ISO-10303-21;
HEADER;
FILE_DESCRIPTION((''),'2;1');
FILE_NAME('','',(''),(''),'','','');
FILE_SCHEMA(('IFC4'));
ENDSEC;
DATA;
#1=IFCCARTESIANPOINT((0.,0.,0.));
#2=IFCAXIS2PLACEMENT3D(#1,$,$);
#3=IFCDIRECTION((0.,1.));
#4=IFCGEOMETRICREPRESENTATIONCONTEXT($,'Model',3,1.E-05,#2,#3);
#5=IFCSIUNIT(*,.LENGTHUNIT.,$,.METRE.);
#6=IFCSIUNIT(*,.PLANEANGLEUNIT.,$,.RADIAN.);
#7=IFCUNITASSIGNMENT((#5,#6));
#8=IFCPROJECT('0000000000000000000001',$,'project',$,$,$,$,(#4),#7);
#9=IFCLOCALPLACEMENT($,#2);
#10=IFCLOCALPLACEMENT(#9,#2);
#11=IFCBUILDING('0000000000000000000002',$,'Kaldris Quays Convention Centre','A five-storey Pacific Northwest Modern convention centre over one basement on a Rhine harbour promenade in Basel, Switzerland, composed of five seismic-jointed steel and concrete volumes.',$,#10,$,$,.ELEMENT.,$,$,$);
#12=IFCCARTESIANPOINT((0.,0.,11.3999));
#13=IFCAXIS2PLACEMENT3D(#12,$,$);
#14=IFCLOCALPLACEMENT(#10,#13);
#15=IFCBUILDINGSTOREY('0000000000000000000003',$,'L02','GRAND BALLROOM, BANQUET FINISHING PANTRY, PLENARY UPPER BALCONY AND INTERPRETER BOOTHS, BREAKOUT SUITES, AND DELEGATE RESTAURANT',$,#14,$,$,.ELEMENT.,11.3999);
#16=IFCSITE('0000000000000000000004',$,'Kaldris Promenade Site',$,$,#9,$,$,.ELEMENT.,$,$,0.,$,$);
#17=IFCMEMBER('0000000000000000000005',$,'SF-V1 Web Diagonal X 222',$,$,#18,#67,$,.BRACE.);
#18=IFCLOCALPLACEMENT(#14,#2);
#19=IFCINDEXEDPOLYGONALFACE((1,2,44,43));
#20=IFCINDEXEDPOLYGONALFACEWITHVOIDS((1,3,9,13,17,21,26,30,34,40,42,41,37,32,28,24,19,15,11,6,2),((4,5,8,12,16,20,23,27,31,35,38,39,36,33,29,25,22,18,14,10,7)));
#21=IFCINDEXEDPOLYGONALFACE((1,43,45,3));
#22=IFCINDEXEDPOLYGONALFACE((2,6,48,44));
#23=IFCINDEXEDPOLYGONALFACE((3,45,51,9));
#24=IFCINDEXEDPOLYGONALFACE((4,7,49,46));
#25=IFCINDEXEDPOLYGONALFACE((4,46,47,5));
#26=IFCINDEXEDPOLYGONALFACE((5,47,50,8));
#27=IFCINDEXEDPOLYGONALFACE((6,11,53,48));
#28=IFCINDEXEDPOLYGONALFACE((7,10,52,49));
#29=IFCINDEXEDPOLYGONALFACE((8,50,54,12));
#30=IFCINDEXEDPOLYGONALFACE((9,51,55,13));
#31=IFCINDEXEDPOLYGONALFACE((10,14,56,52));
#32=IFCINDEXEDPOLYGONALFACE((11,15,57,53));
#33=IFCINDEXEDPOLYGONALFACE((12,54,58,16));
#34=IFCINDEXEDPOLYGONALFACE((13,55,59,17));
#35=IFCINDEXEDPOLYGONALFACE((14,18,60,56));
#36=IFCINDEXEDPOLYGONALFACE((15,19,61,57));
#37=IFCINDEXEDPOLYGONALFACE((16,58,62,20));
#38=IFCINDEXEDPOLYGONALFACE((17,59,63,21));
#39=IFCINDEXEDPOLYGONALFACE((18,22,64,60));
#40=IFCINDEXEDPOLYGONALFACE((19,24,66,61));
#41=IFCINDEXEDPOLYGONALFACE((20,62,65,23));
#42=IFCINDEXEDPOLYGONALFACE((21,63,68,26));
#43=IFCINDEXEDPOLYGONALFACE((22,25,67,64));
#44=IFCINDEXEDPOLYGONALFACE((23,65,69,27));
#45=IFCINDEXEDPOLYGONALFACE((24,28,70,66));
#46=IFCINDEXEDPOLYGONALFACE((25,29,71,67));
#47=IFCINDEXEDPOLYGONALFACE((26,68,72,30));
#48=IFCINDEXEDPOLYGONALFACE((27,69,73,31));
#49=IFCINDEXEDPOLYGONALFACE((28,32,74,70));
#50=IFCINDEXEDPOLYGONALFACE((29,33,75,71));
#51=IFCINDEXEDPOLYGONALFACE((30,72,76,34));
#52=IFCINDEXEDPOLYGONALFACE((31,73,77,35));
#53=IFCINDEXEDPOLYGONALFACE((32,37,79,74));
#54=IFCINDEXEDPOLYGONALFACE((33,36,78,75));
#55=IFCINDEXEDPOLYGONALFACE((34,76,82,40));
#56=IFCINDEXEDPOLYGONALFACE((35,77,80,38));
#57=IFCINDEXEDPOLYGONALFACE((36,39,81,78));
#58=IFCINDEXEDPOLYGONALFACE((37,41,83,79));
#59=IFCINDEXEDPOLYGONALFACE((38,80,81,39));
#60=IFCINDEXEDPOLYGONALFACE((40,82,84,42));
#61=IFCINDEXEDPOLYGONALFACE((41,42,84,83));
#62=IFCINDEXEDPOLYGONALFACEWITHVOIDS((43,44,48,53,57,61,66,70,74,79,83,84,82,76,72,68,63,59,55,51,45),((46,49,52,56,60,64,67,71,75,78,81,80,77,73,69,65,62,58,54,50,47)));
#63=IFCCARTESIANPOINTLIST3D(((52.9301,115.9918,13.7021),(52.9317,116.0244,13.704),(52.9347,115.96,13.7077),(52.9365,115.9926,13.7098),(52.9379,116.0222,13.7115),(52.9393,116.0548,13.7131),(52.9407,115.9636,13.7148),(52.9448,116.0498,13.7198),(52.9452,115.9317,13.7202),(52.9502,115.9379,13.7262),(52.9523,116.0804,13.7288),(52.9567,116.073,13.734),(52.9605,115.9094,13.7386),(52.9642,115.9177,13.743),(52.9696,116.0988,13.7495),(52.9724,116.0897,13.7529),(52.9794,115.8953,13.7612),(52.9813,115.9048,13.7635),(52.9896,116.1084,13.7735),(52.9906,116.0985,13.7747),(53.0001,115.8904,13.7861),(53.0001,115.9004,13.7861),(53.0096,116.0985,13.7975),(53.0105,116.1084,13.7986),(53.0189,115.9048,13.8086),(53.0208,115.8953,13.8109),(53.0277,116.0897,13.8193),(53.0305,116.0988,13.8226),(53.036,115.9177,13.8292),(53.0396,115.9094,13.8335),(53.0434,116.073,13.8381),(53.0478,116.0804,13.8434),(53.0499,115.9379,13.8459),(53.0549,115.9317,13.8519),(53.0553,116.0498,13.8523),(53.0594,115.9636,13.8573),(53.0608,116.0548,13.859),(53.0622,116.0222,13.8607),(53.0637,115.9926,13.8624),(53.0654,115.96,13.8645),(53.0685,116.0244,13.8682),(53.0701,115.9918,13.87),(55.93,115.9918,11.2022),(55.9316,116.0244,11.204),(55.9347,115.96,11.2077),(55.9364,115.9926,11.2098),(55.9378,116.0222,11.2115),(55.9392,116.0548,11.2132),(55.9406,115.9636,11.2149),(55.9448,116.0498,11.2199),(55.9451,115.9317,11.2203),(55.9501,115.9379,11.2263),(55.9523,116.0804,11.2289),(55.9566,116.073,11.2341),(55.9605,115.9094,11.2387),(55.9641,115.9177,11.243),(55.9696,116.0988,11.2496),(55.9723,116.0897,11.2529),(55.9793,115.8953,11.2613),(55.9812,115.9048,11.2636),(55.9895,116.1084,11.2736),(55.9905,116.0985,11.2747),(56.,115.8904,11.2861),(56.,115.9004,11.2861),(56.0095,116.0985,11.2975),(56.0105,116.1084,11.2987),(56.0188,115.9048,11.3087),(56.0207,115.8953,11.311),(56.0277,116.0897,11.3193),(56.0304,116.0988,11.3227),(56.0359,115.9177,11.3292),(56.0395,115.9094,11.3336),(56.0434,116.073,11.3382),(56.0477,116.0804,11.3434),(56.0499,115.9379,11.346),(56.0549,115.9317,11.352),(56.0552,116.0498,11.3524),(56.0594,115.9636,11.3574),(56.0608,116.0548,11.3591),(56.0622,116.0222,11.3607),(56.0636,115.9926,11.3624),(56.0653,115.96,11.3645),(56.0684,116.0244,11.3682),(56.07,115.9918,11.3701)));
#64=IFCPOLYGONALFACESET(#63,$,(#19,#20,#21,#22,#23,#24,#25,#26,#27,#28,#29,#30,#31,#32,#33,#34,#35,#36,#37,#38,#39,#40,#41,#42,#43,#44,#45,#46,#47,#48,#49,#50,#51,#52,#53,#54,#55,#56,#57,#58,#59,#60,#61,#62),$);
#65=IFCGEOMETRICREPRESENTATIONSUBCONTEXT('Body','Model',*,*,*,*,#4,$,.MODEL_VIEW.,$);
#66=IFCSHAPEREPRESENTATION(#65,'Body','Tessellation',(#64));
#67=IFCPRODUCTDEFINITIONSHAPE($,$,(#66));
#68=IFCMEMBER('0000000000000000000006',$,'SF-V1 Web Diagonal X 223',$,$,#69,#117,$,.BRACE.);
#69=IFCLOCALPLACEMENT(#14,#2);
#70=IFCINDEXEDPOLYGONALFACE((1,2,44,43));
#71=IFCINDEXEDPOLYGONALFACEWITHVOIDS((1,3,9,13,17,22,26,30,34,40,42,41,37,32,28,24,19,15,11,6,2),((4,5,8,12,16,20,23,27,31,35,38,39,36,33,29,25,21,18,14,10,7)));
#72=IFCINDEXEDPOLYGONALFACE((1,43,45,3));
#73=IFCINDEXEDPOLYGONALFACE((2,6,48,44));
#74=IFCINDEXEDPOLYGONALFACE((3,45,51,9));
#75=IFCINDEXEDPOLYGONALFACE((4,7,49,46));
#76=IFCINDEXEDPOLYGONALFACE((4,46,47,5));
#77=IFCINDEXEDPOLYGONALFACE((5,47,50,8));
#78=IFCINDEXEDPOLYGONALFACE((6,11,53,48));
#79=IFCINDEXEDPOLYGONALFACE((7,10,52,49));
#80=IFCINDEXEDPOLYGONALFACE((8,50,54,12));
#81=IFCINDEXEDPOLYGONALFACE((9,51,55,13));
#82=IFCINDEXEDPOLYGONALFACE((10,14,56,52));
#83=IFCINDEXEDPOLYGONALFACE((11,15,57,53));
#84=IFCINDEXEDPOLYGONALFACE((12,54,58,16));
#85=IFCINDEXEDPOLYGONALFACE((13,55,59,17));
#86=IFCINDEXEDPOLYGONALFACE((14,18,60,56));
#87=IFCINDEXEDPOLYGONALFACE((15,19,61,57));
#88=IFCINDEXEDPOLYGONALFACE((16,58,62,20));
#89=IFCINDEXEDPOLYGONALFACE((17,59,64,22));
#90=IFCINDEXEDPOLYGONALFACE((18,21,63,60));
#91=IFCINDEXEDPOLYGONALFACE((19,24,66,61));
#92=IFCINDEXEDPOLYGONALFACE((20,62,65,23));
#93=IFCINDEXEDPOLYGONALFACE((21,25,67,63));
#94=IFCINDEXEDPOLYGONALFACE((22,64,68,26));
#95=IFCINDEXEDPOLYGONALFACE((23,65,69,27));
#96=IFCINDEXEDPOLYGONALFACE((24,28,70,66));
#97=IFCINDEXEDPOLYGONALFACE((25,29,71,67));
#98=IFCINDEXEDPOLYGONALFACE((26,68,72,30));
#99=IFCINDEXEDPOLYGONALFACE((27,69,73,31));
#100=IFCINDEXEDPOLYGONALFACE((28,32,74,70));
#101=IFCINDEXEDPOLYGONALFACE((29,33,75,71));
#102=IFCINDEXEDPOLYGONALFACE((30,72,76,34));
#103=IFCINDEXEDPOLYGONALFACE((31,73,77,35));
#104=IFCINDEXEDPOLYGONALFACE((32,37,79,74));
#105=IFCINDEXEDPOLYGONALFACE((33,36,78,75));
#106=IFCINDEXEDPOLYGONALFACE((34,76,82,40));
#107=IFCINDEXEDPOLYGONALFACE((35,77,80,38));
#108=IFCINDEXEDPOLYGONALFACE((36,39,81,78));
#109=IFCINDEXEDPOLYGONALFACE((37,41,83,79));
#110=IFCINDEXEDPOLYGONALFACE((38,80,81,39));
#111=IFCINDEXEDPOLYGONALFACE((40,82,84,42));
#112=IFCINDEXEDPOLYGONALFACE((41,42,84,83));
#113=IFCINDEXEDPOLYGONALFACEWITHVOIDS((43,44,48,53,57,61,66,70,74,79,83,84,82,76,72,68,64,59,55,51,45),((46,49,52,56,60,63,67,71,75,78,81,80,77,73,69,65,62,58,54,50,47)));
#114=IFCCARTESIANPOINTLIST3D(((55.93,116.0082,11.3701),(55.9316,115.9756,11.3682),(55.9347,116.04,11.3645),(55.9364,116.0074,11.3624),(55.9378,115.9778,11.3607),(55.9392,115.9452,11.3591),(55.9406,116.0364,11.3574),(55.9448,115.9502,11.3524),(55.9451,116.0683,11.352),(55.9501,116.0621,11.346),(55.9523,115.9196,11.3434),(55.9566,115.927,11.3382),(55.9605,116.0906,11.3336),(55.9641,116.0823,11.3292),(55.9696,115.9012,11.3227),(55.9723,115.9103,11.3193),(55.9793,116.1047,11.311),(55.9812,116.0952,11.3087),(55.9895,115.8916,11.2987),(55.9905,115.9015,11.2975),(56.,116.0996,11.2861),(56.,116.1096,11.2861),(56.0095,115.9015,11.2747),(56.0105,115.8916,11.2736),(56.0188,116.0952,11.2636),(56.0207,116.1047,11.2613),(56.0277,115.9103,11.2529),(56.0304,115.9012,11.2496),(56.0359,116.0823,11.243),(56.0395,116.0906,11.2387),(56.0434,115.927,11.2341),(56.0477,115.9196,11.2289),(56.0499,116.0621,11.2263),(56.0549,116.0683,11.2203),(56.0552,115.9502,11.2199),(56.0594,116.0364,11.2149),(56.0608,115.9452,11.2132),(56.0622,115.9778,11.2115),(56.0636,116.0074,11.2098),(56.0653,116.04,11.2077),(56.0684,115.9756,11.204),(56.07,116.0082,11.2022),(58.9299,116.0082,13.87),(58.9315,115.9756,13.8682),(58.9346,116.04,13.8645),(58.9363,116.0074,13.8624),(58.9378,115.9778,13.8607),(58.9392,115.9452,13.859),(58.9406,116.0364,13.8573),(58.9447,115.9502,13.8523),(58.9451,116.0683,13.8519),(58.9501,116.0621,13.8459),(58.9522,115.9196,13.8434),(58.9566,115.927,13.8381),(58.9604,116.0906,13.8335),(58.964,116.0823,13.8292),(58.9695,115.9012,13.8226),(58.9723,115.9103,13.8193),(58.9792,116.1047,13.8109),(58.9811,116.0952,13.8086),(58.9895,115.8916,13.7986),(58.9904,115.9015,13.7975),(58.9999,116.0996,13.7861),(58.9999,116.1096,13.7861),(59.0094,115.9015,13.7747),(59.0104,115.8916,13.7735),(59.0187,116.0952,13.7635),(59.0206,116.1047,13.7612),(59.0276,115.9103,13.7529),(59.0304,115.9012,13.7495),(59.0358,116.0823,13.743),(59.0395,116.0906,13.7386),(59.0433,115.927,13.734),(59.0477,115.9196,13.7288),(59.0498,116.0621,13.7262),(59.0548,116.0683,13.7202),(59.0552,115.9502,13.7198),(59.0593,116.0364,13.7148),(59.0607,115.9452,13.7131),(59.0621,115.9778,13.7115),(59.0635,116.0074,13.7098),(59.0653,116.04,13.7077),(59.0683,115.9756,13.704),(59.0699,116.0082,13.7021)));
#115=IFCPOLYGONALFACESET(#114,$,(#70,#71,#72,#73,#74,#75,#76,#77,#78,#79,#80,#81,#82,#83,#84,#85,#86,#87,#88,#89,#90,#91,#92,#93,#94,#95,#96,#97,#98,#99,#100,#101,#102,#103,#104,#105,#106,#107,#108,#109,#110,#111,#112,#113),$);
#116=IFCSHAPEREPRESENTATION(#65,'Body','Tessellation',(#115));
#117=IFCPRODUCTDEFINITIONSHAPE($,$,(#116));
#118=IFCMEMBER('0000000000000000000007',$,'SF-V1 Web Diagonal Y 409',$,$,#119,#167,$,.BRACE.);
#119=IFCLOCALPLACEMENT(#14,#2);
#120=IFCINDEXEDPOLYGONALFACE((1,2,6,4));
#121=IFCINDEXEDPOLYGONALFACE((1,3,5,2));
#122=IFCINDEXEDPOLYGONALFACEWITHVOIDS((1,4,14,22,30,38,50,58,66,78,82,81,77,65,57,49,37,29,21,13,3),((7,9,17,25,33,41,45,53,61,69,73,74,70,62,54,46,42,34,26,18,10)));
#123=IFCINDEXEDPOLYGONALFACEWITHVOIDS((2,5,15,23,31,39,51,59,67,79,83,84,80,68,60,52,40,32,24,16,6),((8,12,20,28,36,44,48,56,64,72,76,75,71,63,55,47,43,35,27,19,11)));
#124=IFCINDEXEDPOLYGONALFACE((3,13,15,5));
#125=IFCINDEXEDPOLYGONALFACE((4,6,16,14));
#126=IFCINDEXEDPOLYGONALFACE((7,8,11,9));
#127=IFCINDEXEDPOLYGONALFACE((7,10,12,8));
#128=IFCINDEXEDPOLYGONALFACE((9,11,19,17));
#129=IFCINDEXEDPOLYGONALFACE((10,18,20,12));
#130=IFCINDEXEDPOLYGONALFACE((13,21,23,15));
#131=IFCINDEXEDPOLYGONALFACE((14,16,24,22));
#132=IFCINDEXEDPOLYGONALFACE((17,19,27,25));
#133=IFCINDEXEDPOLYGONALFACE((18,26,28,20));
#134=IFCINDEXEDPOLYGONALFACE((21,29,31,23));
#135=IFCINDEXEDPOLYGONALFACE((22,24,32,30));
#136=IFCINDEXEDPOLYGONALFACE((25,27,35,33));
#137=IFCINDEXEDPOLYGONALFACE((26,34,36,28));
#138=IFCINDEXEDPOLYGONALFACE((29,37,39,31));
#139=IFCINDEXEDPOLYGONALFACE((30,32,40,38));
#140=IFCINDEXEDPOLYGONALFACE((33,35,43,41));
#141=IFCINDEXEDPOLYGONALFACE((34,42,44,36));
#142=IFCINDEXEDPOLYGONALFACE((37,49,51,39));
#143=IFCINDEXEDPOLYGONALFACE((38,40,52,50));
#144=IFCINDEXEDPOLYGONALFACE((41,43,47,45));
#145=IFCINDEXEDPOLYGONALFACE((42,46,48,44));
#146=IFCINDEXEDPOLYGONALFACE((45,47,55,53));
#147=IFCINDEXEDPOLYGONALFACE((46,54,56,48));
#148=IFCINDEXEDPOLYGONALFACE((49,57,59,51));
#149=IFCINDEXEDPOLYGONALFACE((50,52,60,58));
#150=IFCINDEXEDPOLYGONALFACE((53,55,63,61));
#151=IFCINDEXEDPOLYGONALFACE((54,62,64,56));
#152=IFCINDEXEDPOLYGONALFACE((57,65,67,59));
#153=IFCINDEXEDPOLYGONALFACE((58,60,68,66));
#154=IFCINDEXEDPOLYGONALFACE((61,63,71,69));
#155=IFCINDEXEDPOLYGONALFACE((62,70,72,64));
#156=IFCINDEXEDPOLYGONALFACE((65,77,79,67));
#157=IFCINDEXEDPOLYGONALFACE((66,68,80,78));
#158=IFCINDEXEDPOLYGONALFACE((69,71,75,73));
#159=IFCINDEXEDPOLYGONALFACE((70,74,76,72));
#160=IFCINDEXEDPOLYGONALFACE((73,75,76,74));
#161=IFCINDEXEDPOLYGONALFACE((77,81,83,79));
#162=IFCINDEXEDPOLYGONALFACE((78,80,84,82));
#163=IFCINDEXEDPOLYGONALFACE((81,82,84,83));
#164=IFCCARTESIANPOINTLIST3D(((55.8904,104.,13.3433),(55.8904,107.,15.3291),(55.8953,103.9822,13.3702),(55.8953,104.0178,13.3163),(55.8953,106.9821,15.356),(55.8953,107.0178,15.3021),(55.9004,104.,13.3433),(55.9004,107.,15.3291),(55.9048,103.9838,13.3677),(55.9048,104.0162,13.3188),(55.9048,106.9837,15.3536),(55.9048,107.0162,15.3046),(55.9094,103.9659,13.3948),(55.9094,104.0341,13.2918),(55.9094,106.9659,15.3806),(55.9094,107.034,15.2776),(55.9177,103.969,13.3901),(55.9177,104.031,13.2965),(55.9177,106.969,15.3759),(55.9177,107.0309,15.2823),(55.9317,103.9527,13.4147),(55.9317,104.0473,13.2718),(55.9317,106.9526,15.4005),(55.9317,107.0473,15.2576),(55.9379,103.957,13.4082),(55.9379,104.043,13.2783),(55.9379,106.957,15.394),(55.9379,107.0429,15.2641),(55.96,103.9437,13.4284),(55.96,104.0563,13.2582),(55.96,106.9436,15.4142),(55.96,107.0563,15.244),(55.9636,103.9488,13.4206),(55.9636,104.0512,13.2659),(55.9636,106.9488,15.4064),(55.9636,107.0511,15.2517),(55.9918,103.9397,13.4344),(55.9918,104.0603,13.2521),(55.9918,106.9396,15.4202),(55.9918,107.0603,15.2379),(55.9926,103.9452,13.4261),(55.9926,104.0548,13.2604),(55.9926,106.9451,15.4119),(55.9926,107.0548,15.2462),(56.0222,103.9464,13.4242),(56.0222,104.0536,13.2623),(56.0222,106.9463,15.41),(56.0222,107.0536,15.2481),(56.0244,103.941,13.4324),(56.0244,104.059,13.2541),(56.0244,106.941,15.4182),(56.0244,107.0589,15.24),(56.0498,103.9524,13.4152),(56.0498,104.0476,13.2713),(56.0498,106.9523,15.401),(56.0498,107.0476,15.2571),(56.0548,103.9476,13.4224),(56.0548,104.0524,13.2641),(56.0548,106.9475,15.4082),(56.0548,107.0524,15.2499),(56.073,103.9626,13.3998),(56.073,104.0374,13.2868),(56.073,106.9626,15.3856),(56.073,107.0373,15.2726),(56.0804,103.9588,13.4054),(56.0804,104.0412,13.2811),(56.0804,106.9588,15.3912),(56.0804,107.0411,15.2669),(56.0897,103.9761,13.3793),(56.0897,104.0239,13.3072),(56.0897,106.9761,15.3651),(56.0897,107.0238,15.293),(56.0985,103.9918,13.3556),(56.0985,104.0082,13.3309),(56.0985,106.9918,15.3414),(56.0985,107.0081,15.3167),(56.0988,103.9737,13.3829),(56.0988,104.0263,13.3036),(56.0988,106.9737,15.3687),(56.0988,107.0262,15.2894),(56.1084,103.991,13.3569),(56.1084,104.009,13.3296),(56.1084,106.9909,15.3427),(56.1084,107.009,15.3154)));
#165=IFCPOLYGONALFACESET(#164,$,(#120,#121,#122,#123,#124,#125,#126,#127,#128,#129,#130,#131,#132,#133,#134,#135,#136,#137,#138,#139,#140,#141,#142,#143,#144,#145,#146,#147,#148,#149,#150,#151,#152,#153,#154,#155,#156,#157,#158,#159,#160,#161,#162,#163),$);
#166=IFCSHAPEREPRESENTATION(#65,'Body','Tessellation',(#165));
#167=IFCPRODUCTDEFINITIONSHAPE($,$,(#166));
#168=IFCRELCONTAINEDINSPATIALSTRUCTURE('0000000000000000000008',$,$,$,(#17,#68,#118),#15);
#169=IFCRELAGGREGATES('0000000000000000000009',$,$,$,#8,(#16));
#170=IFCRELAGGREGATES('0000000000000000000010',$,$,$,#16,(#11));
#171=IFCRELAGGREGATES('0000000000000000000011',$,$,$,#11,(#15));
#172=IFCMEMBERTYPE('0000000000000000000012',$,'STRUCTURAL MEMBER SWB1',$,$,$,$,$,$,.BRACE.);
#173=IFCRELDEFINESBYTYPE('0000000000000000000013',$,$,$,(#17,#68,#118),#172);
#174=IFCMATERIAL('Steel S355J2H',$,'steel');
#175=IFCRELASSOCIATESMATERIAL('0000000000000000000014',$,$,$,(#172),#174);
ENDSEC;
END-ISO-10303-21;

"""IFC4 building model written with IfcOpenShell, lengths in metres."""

from ifc_helpers import new_model, si_unit, direction, frame, origin, origin_2d, place, context, subcontext, project, spatial, hollow_circle, extrude, material, material_profile, profile_set, type_object, element, save


model = new_model("IFC4")

# Units and contexts
model_context = context("Model", 3, precision=1e-05, world=origin(), true_north=direction((0.0, 1.0)))
body_context = subcontext(model_context, "Body", "Model", "MODEL_VIEW")
ifc_project = project(units=[si_unit("LENGTHUNIT", "METRE"), si_unit("PLANEANGLEUNIT", "RADIAN")], contexts=[model_context])

# Site, building, storey
site_placement = place(None, origin())
site = spatial("IfcSite", under=ifc_project, at=site_placement, Name="Kaldris Promenade Site", CompositionType="ELEMENT", RefElevation=0.0)
building_placement = place(site_placement, origin())
building = spatial("IfcBuilding", under=site, at=building_placement, Name="Kaldris Quays Convention Centre", Description="A five-storey Pacific Northwest Modern convention centre over one basement on a Rhine harbour promenade in Basel, Switzerland, composed of five seismic-jointed steel and concrete volumes.", CompositionType="ELEMENT")
storey_placement = place(building_placement, frame((0.0, 0.0, 11.3999)))
storey = spatial("IfcBuildingStorey", under=building, at=storey_placement, Name="L02", Description="GRAND BALLROOM, BANQUET FINISHING PANTRY, PLENARY UPPER BALCONY AND INTERPRETER BOOTHS, BREAKOUT SUITES, AND DELEGATE RESTAURANT", CompositionType="ELEMENT", Elevation=11.3999)

# Members
ifc_material_1 = material(Name="Steel S355J2H", Category="steel")
ifc_material_profile_1 = material_profile(ifc_material_1, hollow_circle(Radius=0.1096, WallThickness=0.01, at=origin_2d()), Name="CHS 219.1x10")
ifc_profile_set_1 = profile_set([ifc_material_profile_1], Name="Steel S355J2H")
member_type_1 = type_object("IfcMemberType", Name="STRUCTURAL MEMBER SWB1", PredefinedType="BRACE", material=ifc_profile_set_1)
for number, where, z_axis, x_axis, name in (
    (1, (56.0, 116.0, 11.2861), (-0.768221, 0.0, 0.640184), (0.0, -1.0, 0.0), "SF-V1 Web Diagonal X 222"),
    (2, (56.0, 116.0, 11.2861), (0.768221, 0.0, 0.640184), (0.0, 1.0, 0.0), "SF-V1 Web Diagonal X 223"),
):
    element("IfcMember", number, at=place(storey_placement, frame(where, z_axis=z_axis, x_axis=x_axis)), inside=storey, type_object=member_type_1, Name=name, PredefinedType="BRACE", context=body_context, shape_type="SweptSolid", body=[
        extrude(hollow_circle(Radius=0.1096, WallThickness=0.01, at=origin_2d()), origin(), (0.0, 0.0, 1.0), 3.905),
    ])
member_1_placement = place(storey_placement, frame((56.0, 104.0, 13.3433), z_axis=(0.0, 0.833862, 0.551972), x_axis=(-1.0, 0.0, 0.0)))
element("IfcMember", 3, at=member_1_placement, inside=storey, type_object=member_type_1, Name="SF-V1 Web Diagonal Y 409", PredefinedType="BRACE", context=body_context, shape_type="SweptSolid", body=[
    extrude(hollow_circle(Radius=0.1096, WallThickness=0.01, at=origin_2d()), origin(), (0.0, 0.0, 1.0), 3.5977),
])

save(model, "model.ifc")
